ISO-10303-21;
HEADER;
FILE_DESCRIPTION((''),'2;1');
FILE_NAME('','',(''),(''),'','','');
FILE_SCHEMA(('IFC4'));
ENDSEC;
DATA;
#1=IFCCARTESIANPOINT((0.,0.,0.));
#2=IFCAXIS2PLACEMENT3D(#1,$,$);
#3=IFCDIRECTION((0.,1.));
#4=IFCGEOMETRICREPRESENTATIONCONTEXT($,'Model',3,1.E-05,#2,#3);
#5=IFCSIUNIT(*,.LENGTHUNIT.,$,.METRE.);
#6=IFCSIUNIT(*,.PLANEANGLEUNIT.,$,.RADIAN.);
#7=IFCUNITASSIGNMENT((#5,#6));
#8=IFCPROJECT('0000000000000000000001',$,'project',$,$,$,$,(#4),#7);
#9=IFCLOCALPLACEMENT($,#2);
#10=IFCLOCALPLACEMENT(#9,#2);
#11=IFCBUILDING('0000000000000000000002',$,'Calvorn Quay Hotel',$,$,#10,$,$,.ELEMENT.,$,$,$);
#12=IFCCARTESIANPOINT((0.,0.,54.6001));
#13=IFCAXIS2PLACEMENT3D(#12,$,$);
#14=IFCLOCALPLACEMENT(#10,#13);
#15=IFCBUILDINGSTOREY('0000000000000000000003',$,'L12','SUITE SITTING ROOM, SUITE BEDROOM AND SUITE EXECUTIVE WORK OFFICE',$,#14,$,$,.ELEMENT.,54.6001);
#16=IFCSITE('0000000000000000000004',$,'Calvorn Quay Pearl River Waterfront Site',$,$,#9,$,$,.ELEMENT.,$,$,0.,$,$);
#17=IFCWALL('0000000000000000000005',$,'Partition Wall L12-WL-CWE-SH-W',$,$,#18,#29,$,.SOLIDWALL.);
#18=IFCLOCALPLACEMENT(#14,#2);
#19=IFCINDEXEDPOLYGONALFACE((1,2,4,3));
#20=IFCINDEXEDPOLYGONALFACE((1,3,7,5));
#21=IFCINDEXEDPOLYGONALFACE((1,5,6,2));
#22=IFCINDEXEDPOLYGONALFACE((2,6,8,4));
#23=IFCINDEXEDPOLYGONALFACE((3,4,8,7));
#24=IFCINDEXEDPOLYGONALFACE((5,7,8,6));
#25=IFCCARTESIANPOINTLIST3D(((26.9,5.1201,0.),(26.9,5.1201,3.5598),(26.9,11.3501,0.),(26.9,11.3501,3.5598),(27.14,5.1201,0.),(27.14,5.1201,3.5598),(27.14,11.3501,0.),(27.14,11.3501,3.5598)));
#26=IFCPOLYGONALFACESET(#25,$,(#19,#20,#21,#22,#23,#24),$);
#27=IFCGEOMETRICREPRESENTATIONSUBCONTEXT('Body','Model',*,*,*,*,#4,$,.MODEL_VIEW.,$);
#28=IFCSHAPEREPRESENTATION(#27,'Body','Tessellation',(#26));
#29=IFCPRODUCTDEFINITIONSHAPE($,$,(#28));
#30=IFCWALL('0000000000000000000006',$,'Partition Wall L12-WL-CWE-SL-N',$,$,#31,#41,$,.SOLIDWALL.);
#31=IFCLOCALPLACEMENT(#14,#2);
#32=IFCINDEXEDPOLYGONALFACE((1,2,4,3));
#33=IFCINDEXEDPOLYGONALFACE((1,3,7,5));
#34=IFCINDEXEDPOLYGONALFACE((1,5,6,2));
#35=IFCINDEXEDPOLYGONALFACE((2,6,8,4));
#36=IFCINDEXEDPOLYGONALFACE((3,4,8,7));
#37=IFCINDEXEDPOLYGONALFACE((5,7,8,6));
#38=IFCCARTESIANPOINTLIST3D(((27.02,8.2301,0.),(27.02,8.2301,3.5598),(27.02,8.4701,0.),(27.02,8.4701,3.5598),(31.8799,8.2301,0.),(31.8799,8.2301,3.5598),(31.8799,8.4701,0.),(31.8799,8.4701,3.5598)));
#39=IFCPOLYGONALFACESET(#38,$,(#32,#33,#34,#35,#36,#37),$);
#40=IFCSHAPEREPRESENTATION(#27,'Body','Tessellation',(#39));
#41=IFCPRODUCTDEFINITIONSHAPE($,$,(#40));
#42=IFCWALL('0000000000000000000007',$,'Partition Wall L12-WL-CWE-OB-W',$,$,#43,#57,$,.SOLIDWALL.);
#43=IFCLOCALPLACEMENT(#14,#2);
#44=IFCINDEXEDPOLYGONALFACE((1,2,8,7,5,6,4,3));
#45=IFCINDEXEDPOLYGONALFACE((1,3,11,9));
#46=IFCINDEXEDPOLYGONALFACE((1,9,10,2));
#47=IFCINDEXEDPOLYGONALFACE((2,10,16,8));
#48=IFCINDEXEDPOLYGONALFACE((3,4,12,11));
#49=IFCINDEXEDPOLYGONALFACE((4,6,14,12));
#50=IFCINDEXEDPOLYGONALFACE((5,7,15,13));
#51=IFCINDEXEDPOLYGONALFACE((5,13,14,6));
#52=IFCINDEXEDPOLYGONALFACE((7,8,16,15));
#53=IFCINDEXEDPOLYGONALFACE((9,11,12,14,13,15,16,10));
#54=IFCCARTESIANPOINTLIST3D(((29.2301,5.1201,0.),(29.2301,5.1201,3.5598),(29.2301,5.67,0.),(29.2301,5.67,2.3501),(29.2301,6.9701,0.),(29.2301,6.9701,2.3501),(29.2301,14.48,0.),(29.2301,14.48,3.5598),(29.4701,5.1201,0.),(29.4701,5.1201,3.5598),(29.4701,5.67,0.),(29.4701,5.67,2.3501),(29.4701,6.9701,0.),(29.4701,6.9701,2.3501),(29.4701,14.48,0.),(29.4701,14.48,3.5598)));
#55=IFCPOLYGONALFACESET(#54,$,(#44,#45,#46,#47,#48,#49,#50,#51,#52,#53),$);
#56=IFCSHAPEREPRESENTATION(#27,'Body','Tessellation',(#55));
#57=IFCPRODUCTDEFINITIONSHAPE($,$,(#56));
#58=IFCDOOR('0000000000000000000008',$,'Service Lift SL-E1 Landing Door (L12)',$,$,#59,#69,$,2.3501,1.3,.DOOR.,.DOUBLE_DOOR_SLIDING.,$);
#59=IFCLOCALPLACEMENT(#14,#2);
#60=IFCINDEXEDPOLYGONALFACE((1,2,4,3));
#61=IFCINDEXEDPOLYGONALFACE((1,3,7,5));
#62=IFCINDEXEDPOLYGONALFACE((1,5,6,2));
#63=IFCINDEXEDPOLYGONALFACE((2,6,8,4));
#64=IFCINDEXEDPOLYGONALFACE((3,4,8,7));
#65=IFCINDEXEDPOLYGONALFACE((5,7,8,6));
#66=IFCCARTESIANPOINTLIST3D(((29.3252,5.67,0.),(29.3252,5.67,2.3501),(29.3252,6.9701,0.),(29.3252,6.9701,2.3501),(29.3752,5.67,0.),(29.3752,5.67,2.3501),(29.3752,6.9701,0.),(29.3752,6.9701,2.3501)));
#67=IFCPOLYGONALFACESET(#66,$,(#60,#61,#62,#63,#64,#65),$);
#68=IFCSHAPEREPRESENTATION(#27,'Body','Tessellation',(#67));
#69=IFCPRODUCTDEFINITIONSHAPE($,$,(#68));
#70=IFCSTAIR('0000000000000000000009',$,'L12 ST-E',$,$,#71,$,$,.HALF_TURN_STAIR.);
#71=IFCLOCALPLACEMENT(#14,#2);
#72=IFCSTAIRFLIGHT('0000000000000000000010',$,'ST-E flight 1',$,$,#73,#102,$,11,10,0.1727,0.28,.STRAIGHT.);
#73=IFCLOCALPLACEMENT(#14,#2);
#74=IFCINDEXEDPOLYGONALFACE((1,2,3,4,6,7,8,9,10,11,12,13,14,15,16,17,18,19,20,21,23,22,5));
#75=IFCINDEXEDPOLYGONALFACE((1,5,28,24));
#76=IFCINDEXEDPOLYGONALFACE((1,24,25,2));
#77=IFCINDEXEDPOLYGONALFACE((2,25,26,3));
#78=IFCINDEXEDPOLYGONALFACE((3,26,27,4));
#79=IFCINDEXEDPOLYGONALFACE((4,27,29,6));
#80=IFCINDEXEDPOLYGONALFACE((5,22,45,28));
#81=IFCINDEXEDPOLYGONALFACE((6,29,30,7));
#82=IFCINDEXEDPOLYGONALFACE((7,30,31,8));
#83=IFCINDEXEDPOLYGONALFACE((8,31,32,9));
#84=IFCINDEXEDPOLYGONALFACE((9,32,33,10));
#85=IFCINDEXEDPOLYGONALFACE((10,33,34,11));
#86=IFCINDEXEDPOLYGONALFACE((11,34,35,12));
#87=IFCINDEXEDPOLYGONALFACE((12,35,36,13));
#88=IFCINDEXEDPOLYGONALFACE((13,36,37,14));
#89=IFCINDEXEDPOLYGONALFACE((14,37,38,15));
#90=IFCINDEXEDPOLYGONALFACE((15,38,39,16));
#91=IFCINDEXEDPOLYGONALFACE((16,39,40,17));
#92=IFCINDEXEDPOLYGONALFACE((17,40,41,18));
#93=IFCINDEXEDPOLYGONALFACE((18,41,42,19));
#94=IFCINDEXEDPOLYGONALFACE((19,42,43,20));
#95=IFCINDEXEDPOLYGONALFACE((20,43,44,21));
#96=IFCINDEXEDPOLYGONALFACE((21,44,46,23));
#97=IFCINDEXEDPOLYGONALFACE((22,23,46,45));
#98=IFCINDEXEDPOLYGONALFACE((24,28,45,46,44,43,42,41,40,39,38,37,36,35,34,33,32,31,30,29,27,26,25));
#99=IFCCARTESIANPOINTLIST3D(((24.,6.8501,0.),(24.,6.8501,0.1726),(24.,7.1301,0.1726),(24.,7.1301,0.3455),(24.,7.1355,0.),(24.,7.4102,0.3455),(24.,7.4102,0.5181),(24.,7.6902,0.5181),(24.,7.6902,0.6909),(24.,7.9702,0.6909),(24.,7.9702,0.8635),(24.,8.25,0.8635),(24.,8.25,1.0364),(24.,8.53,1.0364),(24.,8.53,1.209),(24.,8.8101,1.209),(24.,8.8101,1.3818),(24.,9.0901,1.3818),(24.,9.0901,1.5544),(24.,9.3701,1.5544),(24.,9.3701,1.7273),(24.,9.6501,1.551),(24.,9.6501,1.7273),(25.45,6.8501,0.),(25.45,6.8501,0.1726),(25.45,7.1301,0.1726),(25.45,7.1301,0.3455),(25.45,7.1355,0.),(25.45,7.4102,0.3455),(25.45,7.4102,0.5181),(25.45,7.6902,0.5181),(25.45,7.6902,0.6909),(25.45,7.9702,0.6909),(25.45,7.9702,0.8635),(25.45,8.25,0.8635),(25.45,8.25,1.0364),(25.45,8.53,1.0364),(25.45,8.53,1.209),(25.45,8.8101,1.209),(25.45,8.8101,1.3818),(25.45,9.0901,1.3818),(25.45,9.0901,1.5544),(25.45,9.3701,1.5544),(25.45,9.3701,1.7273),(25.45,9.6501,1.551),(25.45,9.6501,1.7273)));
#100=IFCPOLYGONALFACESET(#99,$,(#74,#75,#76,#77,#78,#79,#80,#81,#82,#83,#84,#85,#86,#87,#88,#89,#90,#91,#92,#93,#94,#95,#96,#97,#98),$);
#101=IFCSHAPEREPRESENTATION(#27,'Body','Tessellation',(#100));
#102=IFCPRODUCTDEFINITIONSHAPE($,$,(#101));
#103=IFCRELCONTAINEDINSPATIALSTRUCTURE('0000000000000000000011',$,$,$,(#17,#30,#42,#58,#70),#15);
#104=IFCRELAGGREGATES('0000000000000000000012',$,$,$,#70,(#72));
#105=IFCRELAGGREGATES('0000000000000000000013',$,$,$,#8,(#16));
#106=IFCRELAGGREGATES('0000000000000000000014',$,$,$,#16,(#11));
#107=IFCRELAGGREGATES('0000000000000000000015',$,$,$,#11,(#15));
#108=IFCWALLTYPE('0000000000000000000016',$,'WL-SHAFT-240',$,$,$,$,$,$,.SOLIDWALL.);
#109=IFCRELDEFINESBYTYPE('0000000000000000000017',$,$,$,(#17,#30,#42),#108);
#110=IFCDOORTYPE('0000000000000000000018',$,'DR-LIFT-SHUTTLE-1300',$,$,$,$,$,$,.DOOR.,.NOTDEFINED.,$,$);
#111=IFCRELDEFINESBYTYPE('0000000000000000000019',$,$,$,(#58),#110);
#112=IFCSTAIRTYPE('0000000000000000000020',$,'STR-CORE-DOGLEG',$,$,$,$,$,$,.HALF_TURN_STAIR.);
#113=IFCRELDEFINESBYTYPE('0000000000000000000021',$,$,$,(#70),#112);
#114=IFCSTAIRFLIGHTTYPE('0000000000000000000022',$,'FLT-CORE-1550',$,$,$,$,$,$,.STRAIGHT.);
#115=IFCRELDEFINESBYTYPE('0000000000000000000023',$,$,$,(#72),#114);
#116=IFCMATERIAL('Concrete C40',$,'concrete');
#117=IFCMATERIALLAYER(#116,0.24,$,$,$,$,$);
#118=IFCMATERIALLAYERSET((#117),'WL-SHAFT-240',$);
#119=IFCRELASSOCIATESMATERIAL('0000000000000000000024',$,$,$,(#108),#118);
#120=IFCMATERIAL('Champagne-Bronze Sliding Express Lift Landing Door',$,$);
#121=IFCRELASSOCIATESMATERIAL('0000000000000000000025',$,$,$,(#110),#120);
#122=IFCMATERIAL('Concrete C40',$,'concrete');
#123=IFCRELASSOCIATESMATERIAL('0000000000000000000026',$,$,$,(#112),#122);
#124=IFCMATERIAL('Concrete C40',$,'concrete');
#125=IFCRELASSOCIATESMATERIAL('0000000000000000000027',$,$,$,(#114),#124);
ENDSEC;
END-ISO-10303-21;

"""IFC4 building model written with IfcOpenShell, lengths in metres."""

from ifc_helpers import new_model, si_unit, direction, frame, frame_2d, origin, place, context, subcontext, project, spatial, polyline, rectangle, outline, extrude, material, layer, layer_set, type_object, element, fill, aggregate, save


model = new_model("IFC4")

# Units and contexts
model_context = context("Model", 3, precision=1e-05, world=origin(), true_north=direction((0.0, 1.0)))
body_context = subcontext(model_context, "Body", "Model", "MODEL_VIEW")
ifc_project = project(units=[si_unit("LENGTHUNIT", "METRE"), si_unit("PLANEANGLEUNIT", "RADIAN")], contexts=[model_context])

# Site, building, storey
site_placement = place(None, origin())
site = spatial("IfcSite", under=ifc_project, at=site_placement, Name="Calvorn Quay Pearl River Waterfront Site", CompositionType="ELEMENT", RefElevation=0.0)
building_placement = place(site_placement, origin())
building = spatial("IfcBuilding", under=site, at=building_placement, Name="Calvorn Quay Hotel", CompositionType="ELEMENT")
storey_placement = place(building_placement, frame((0.0, 0.0, 54.6001)))
storey = spatial("IfcBuildingStorey", under=building, at=storey_placement, Name="L12", Description="SUITE SITTING ROOM, SUITE BEDROOM AND SUITE EXECUTIVE WORK OFFICE", CompositionType="ELEMENT", Elevation=54.6001)

# Shared definitions
ifc_material_1 = material(Name="Concrete C40", Category="concrete")
ifc_layer_1 = layer(ifc_material_1, 0.24)
ifc_layer_set_1 = layer_set([ifc_layer_1], Name="WL-SHAFT-240")
wall_type_1 = type_object("IfcWallType", Name="WL-SHAFT-240", PredefinedType="SOLIDWALL", material=ifc_layer_set_1)

# Walls
wall_1_placement = place(storey_placement, frame((27.02, 5.1201, 0.0), z_axis=(0.0, 0.0, 1.0), x_axis=(0.0, 1.0, 0.0)))
element("IfcWall", 1, at=wall_1_placement, inside=storey, type_object=wall_type_1, Name="Partition Wall L12-WL-CWE-SH-W", PredefinedType="SOLIDWALL", context=body_context, shape_type="SweptSolid", body=[
    extrude(rectangle(XDim=6.23, YDim=0.24, at=frame_2d((3.115, 0.0))), origin(), (0.0, 0.0, 1.0), 3.5598),
])
wall_2_placement = place(storey_placement, frame((27.02, 8.3501, 0.0), z_axis=(0.0, 0.0, 1.0), x_axis=(1.0, 0.0, 0.0)))
element("IfcWall", 2, at=wall_2_placement, inside=storey, type_object=wall_type_1, Name="Partition Wall L12-WL-CWE-SL-N", PredefinedType="SOLIDWALL", context=body_context, shape_type="SweptSolid", body=[
    extrude(rectangle(XDim=4.8599, YDim=0.24, at=frame_2d((2.4299, 0.0))), origin(), (0.0, 0.0, 1.0), 3.5598),
])

# Wall, opening, door
wall_3_placement = place(storey_placement, frame((29.3501, 5.1201, 0.0), z_axis=(0.0, 0.0, 1.0), x_axis=(0.0, 1.0, 0.0)))
wall_3 = element("IfcWall", 3, at=wall_3_placement, inside=storey, type_object=wall_type_1, Name="Partition Wall L12-WL-CWE-OB-W", PredefinedType="SOLIDWALL", context=body_context, shape_type="SweptSolid", body=[
    extrude(rectangle(XDim=9.3599, YDim=0.24, at=frame_2d((4.6799, 0.0))), origin(), (0.0, 0.0, 1.0), 3.5598),
])
opening_1_placement = place(wall_3_placement, frame((0.55, 0.0, 0.0)))
opening_1 = element("IfcOpeningElement", 4, at=opening_1_placement, cuts=wall_3, PredefinedType="OPENING", context=body_context, shape_type="SweptSolid", body=[
    extrude(rectangle(XDim=1.3, YDim=2.3501, at=frame_2d((0.6499, 1.175))), frame((0.0, 0.1299, 0.0), z_axis=(0.0, -1.0, 0.0), x_axis=(1.0, 0.0, 0.0)), (0.0, 0.0, 1.0), 0.26),
])
ifc_material_2 = material(Name="Champagne-Bronze Sliding Express Lift Landing Door")
door_type_1 = type_object("IfcDoorType", Name="DR-LIFT-SHUTTLE-1300", OperationType="NOTDEFINED", PredefinedType="DOOR", material=ifc_material_2)
door_1_placement = place(opening_1_placement, origin())
door_1 = element("IfcDoor", 5, at=door_1_placement, inside=storey, type_object=door_type_1, Name="Service Lift SL-E1 Landing Door (L12)", OperationType="DOUBLE_DOOR_SLIDING", OverallHeight=2.3501, OverallWidth=1.3, PredefinedType="DOOR", context=body_context, shape_type="SweptSolid", body=[
    extrude(rectangle(XDim=1.3, YDim=2.3501, at=frame_2d((0.6499, 1.175))), frame((0.0, 0.0249, 0.0), z_axis=(0.0, -1.0, 0.0), x_axis=(1.0, 0.0, 0.0)), (0.0, 0.0, 1.0), 0.05),
])
fill(opening_1, door_1)

# Stair, stair flight
ifc_material_3 = material(Name="Concrete C40", Category="concrete")
stair_type = type_object("IfcStairType", Name="STR-CORE-DOGLEG", PredefinedType="HALF_TURN_STAIR", material=ifc_material_3)
stair_placement = place(storey_placement, origin())
stair = element("IfcStair", 6, at=stair_placement, inside=storey, type_object=stair_type, Name="L12 ST-E", PredefinedType="HALF_TURN_STAIR")
ifc_material_4 = material(Name="Concrete C40", Category="concrete")
stair_flight_type = type_object("IfcStairFlightType", Name="FLT-CORE-1550", PredefinedType="STRAIGHT", material=ifc_material_4)
stair_flight_placement = place(storey_placement, frame((24.7251, 6.8501, 0.0), z_axis=(0.0, 0.0, 1.0), x_axis=(0.0, 1.0, 0.0)))
stair_flight = element("IfcStairFlight", 7, at=stair_flight_placement, type_object=stair_flight_type, Name="ST-E flight 1", NumberOfRisers=11, NumberOfTreads=10, PredefinedType="STRAIGHT", RiserHeight=0.1727, TreadLength=0.28, context=body_context, shape_type="SweptSolid", body=[
    extrude(outline(polyline([(0.0, 0.0), (0.0, 0.1726), (0.28, 0.1726), (0.28, 0.3455), (0.5601, 0.3455), (0.5601, 0.5181), (0.8401, 0.5181), (0.8401, 0.6909), (1.1201, 0.6909), (1.1201, 0.8635), (1.3999, 0.8635), (1.3999, 1.0364), (1.6799, 1.0364), (1.6799, 1.209), (1.96, 1.209), (1.96, 1.3818), (2.24, 1.3818), (2.24, 1.5544), (2.52, 1.5544), (2.52, 1.7273), (2.8, 1.7273), (2.8, 1.8999), (2.8, 1.551), (0.2854, 0.0), (0.0, 0.0)])), frame((0.0, 0.7251, 0.0), z_axis=(0.0, -1.0, 0.0), x_axis=(1.0, 0.0, 0.0)), (0.0, 0.0, 1.0), 1.45),
])
aggregate(stair, [stair_flight])

save(model, "model.ifc")
